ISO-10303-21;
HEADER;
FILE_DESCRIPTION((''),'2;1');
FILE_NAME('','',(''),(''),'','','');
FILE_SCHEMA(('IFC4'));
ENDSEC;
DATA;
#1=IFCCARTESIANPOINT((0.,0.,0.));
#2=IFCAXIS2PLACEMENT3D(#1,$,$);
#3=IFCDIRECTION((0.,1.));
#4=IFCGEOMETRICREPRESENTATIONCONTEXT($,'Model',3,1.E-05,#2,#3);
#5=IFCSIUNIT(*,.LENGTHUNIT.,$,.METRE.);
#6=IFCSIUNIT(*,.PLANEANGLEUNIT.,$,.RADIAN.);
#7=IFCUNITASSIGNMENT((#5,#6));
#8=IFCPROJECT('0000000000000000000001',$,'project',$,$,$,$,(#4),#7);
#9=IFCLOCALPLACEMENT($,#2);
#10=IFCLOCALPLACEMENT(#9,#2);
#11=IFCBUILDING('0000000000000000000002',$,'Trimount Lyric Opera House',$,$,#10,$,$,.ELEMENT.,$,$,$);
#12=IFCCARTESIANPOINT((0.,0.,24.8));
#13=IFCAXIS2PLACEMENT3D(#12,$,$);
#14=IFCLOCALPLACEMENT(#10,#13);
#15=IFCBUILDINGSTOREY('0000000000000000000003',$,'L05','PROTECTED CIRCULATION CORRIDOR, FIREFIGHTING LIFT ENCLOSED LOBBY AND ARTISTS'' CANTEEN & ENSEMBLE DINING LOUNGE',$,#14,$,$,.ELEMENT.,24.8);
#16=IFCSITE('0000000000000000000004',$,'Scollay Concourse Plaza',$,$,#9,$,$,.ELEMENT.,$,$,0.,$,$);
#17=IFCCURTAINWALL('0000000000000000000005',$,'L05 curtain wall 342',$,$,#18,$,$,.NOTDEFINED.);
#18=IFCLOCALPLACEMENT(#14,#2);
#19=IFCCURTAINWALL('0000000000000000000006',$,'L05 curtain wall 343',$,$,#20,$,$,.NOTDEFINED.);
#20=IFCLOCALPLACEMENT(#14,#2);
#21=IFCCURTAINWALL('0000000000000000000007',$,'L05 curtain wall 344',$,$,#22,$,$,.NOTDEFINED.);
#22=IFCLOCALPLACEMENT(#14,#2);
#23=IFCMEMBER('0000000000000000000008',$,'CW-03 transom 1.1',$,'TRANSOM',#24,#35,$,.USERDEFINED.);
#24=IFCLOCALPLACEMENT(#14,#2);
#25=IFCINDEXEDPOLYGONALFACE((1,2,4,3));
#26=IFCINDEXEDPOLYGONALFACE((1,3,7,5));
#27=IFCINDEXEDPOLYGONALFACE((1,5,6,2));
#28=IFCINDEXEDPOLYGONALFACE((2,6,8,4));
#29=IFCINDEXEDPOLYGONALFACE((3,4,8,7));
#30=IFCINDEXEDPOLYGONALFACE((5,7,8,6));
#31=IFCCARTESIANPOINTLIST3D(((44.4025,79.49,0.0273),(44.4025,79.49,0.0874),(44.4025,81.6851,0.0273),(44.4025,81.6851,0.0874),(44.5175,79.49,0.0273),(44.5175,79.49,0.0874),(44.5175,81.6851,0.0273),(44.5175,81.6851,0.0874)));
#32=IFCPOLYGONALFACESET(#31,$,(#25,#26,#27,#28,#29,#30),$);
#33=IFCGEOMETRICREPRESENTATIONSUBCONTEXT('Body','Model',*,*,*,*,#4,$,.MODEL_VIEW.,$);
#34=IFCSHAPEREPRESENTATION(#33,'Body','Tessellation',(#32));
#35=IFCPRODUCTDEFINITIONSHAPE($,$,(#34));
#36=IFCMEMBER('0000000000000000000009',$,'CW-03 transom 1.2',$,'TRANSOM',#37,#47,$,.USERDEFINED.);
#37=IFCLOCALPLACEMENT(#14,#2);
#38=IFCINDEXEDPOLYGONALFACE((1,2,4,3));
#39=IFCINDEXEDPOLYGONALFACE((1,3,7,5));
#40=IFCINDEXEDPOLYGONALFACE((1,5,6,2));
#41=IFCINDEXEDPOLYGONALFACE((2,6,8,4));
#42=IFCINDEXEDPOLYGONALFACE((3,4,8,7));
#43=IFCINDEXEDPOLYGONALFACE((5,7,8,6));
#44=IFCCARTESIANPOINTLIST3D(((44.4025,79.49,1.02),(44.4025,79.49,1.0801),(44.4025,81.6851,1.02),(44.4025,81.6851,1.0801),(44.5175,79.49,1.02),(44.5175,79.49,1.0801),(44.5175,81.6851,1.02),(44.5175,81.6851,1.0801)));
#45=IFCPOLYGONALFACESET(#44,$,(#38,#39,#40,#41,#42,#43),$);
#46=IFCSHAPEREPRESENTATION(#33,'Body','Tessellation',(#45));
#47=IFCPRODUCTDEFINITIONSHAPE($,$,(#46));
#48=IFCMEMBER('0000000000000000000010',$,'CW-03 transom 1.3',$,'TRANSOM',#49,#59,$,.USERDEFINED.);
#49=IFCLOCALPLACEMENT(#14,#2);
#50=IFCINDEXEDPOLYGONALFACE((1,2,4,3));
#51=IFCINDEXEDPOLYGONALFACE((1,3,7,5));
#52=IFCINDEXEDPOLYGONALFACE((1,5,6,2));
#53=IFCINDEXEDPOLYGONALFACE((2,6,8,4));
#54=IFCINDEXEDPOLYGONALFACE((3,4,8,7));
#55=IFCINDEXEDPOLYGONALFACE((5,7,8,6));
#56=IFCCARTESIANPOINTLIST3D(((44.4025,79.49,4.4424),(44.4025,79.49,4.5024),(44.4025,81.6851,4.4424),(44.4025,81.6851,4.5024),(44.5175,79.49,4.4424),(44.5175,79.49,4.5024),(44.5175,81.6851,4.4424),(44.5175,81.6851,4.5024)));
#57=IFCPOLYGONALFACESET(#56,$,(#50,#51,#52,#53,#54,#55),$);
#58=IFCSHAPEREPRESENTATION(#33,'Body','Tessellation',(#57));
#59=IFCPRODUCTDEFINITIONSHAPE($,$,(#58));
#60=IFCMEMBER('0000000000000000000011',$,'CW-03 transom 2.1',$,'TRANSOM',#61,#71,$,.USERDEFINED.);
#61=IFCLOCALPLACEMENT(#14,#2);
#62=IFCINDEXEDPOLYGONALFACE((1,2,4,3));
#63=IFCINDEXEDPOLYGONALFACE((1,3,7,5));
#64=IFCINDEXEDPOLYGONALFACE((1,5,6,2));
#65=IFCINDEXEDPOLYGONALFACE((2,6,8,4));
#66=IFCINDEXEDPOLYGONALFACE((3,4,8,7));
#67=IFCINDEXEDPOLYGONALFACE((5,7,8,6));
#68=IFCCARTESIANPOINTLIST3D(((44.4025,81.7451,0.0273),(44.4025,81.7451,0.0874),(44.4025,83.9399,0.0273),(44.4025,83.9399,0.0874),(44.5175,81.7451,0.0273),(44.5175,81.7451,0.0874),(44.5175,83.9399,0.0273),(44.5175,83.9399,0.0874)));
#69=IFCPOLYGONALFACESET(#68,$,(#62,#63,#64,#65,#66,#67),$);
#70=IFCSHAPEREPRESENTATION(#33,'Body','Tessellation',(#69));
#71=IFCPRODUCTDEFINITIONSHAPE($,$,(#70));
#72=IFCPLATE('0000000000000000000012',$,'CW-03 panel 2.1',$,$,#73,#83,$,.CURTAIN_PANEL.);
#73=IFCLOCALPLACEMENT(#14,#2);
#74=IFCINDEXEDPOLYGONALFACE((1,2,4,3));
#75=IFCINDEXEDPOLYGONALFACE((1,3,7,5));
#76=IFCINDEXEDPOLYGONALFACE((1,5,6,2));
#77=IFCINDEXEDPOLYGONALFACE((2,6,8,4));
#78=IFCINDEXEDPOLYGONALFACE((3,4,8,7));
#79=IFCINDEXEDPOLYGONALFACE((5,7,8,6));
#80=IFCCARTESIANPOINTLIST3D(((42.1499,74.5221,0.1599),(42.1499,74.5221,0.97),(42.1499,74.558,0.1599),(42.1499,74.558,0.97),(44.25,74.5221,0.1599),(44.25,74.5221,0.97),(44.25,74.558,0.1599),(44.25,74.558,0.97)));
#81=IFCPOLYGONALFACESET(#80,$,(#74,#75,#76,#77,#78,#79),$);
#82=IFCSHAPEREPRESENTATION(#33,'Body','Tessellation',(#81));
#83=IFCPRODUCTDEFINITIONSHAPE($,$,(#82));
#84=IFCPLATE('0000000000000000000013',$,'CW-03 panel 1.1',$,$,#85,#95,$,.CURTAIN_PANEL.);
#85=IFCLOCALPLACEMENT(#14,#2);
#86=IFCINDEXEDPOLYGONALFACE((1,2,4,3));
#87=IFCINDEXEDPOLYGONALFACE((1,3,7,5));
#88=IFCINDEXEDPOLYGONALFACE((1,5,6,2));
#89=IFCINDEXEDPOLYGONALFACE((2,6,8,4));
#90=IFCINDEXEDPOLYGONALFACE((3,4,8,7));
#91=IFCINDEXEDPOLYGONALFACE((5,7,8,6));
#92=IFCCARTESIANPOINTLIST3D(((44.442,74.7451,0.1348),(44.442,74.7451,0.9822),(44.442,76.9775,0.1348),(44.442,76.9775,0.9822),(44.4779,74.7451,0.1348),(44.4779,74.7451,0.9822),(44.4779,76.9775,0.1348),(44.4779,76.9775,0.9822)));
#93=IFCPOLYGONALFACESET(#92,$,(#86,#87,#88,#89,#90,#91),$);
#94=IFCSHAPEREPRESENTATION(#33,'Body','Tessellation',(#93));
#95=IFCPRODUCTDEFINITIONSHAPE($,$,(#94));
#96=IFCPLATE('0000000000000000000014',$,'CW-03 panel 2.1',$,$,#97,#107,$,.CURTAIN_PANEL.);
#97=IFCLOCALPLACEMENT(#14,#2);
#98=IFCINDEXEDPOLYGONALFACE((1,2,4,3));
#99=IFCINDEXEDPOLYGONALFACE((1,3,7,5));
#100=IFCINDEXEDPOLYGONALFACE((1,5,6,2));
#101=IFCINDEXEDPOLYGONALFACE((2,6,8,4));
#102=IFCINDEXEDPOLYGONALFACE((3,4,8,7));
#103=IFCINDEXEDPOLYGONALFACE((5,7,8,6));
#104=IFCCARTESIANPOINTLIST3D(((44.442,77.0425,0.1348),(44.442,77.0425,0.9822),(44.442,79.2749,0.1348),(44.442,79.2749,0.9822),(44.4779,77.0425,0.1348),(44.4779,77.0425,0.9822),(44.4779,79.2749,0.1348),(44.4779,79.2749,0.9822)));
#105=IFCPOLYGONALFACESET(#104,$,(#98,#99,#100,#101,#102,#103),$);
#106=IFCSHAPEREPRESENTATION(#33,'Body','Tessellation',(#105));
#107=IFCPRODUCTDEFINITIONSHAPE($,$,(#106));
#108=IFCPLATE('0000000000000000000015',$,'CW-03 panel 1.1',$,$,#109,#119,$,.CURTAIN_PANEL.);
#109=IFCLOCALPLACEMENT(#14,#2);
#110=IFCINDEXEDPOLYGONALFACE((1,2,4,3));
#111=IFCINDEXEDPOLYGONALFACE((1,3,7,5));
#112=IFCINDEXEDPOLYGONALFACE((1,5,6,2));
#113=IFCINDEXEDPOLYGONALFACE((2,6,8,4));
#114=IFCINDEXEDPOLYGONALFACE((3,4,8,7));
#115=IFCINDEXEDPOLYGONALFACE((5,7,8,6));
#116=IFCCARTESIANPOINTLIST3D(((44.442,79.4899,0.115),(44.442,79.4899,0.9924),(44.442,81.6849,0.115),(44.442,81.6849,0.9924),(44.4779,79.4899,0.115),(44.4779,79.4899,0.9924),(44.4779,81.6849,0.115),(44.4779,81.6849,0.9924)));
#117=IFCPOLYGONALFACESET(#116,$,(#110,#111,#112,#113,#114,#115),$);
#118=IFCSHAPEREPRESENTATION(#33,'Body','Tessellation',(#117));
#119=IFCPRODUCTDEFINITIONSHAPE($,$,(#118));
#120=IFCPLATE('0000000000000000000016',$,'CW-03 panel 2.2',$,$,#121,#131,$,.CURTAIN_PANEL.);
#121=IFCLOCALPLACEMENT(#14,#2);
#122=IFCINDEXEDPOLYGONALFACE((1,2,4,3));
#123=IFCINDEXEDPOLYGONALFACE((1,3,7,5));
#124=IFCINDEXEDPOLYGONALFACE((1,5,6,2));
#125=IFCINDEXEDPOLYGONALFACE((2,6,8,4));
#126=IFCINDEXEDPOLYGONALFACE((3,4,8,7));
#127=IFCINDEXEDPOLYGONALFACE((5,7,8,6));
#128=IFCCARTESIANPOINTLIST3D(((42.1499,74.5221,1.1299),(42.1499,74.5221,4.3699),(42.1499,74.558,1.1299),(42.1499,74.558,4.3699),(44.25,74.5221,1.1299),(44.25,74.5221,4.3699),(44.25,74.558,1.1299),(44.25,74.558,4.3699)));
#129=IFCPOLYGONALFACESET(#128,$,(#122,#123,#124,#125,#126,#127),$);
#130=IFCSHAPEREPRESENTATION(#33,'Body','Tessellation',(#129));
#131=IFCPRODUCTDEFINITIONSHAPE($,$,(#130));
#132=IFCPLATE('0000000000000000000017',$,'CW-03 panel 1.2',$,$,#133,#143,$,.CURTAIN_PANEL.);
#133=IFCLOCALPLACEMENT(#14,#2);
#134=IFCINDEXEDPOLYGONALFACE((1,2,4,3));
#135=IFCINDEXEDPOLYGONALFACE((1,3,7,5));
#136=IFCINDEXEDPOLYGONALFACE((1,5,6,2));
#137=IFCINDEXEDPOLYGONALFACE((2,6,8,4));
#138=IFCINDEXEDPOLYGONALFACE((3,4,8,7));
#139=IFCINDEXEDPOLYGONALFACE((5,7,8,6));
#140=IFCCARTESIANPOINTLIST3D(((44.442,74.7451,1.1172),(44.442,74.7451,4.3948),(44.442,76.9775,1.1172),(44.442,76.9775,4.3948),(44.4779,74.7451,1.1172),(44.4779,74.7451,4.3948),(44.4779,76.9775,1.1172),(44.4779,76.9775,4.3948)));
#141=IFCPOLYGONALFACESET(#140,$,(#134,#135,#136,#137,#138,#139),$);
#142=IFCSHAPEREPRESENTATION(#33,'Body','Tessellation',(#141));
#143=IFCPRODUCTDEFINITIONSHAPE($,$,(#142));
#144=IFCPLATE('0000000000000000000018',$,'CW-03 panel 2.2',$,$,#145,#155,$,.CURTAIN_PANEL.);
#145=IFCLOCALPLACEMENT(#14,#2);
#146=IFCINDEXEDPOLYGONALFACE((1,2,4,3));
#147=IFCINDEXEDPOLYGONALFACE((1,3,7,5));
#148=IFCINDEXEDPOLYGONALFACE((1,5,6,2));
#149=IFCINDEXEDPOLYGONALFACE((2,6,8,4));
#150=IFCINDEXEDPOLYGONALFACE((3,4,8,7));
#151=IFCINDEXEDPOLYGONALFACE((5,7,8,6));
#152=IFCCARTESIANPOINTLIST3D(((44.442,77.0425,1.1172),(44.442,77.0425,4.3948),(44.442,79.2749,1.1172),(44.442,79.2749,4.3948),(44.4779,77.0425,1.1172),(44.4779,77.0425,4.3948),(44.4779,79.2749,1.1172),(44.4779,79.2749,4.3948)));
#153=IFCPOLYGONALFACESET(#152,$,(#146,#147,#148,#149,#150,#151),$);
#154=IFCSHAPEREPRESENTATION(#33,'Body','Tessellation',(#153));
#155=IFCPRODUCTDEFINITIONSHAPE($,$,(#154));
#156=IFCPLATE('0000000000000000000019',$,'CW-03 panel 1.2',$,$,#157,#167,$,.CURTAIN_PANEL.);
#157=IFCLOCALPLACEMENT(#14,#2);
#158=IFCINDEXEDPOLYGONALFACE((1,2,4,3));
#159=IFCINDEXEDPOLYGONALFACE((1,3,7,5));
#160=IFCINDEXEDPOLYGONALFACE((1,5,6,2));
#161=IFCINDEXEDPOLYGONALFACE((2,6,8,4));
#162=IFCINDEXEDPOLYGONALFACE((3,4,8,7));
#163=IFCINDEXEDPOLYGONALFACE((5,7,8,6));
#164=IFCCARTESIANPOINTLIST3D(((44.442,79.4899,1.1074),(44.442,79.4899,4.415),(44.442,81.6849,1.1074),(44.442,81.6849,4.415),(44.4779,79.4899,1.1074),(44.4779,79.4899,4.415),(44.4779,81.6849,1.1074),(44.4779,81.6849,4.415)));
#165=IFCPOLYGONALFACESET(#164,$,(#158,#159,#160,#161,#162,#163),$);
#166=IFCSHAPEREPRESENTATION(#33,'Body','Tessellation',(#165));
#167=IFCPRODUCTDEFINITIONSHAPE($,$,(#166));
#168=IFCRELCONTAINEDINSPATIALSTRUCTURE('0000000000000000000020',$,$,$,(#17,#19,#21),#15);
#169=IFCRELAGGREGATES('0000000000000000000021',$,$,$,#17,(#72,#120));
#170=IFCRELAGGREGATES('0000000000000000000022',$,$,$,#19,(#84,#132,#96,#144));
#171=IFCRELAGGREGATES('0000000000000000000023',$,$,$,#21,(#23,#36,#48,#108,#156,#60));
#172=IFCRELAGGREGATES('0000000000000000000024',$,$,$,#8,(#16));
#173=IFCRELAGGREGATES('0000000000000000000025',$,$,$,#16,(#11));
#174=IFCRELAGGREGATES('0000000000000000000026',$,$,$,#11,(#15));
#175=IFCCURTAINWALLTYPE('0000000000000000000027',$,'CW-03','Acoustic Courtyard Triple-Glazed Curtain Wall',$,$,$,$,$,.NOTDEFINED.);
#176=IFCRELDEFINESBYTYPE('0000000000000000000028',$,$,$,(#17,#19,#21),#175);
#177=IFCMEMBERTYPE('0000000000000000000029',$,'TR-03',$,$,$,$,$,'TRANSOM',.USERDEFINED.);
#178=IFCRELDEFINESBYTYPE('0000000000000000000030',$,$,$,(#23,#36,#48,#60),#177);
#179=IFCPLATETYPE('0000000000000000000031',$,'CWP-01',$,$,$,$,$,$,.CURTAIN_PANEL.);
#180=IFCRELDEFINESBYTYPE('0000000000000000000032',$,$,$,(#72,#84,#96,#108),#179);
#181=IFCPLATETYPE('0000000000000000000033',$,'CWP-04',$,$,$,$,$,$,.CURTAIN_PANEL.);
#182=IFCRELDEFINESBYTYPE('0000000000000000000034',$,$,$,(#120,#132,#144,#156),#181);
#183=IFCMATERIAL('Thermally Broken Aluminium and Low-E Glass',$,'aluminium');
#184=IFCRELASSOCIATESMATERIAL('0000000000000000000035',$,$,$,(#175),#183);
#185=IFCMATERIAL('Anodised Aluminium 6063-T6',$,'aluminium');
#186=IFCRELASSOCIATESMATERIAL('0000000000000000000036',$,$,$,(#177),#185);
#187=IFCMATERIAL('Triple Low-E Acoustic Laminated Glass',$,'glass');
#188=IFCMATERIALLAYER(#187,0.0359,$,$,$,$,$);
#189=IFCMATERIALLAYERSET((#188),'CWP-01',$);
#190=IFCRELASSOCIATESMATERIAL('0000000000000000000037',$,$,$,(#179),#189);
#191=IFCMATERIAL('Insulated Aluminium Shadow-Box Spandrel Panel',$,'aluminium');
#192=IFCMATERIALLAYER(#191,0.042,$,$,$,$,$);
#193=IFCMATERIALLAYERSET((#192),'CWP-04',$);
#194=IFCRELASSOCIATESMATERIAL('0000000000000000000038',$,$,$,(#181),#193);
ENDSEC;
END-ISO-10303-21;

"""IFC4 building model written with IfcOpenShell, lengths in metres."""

from ifc_helpers import new_model, si_unit, direction, frame, origin, origin_2d, place, context, subcontext, project, spatial, rectangle, extrude, material, layer, layer_set, material_profile, profile_set, type_object, element, aggregate, save


model = new_model("IFC4")

# Units and contexts
model_context = context("Model", 3, precision=1e-05, world=origin(), true_north=direction((0.0, 1.0)))
body_context = subcontext(model_context, "Body", "Model", "MODEL_VIEW")
ifc_project = project(units=[si_unit("LENGTHUNIT", "METRE"), si_unit("PLANEANGLEUNIT", "RADIAN")], contexts=[model_context])

# Site, building, storey
site_placement = place(None, origin())
site = spatial("IfcSite", under=ifc_project, at=site_placement, Name="Scollay Concourse Plaza", CompositionType="ELEMENT", RefElevation=0.0)
building_placement = place(site_placement, origin())
building = spatial("IfcBuilding", under=site, at=building_placement, Name="Trimount Lyric Opera House", CompositionType="ELEMENT")
storey_placement = place(building_placement, frame((0.0, 0.0, 24.8)))
storey = spatial("IfcBuildingStorey", under=building, at=storey_placement, Name="L05", Description="PROTECTED CIRCULATION CORRIDOR, FIREFIGHTING LIFT ENCLOSED LOBBY AND ARTISTS' CANTEEN & ENSEMBLE DINING LOUNGE", CompositionType="ELEMENT", Elevation=24.8)

# Curtain wall
ifc_material_1 = material(Name="Thermally Broken Aluminium and Low-E Glass", Category="aluminium")
curtain_wall_type = type_object("IfcCurtainWallType", Name="CW-03", Description="Acoustic Courtyard Triple-Glazed Curtain Wall", PredefinedType="NOTDEFINED", material=ifc_material_1)
curtain_wall_1_placement = place(storey_placement, origin())
curtain_wall_1 = element("IfcCurtainWall", 1, at=curtain_wall_1_placement, inside=storey, type_object=curtain_wall_type, Name="L05 curtain wall 342", PredefinedType="NOTDEFINED")

# Curtain walls
curtain_wall_2_placement = place(storey_placement, origin())
curtain_wall_2 = element("IfcCurtainWall", 2, at=curtain_wall_2_placement, inside=storey, type_object=curtain_wall_type, Name="L05 curtain wall 343", PredefinedType="NOTDEFINED")
curtain_wall_3_placement = place(storey_placement, origin())
curtain_wall_3 = element("IfcCurtainWall", 3, at=curtain_wall_3_placement, inside=storey, type_object=curtain_wall_type, Name="L05 curtain wall 344", PredefinedType="NOTDEFINED")

# Members
ifc_material_2 = material(Name="Anodised Aluminium 6063-T6", Category="aluminium")
ifc_material_profile_1 = material_profile(ifc_material_2, rectangle(XDim=0.115, YDim=0.0601, at=origin_2d()), Name="ALU-TRAN-60X115")
ifc_profile_set_1 = profile_set([ifc_material_profile_1], Name="Anodised Aluminium 6063-T6")
member_type_1 = type_object("IfcMemberType", Name="TR-03", ElementType="TRANSOM", PredefinedType="USERDEFINED", material=ifc_profile_set_1)
member_1_placement = place(storey_placement, frame((44.46, 79.49, 0.0574), z_axis=(0.0, 1.0, 0.0), x_axis=(-1.0, 0.0, 0.0)))
member_1 = element("IfcMember", 4, at=member_1_placement, type_object=member_type_1, Name="CW-03 transom 1.1", ObjectType="TRANSOM", PredefinedType="USERDEFINED", context=body_context, shape_type="SweptSolid", body=[
    extrude(rectangle(XDim=0.115, YDim=0.0601, at=origin_2d()), origin(), (0.0, 0.0, 1.0), 2.1951),
])
member_2_placement = place(storey_placement, frame((44.46, 79.49, 1.05), z_axis=(0.0, 1.0, 0.0), x_axis=(-1.0, 0.0, 0.0)))
member_2 = element("IfcMember", 5, at=member_2_placement, type_object=member_type_1, Name="CW-03 transom 1.2", ObjectType="TRANSOM", PredefinedType="USERDEFINED", context=body_context, shape_type="SweptSolid", body=[
    extrude(rectangle(XDim=0.115, YDim=0.0601, at=origin_2d()), origin(), (0.0, 0.0, 1.0), 2.1951),
])
member_3_placement = place(storey_placement, frame((44.46, 79.49, 4.4724), z_axis=(0.0, 1.0, 0.0), x_axis=(-1.0, 0.0, 0.0)))
member_3 = element("IfcMember", 6, at=member_3_placement, type_object=member_type_1, Name="CW-03 transom 1.3", ObjectType="TRANSOM", PredefinedType="USERDEFINED", context=body_context, shape_type="SweptSolid", body=[
    extrude(rectangle(XDim=0.115, YDim=0.0601, at=origin_2d()), origin(), (0.0, 0.0, 1.0), 2.1951),
])
member_4_placement = place(storey_placement, frame((44.46, 81.7451, 0.0574), z_axis=(0.0, 1.0, 0.0), x_axis=(-1.0, 0.0, 0.0)))
member_4 = element("IfcMember", 7, at=member_4_placement, type_object=member_type_1, Name="CW-03 transom 2.1", ObjectType="TRANSOM", PredefinedType="USERDEFINED", context=body_context, shape_type="SweptSolid", body=[
    extrude(rectangle(XDim=0.115, YDim=0.0601, at=origin_2d()), origin(), (0.0, 0.0, 1.0), 2.1948),
])

# Plates
ifc_material_3 = material(Name="Triple Low-E Acoustic Laminated Glass", Category="glass")
ifc_layer_1 = layer(ifc_material_3, 0.0359)
ifc_layer_set_1 = layer_set([ifc_layer_1], Name="CWP-01")
plate_type_1 = type_object("IfcPlateType", Name="CWP-01", PredefinedType="CURTAIN_PANEL", material=ifc_layer_set_1)
plate_1_placement = place(storey_placement, frame((43.2, 74.54, 0.1599), z_axis=(0.0, 0.0, 1.0), x_axis=(1.0, 0.0, 0.0)))
plate_1 = element("IfcPlate", 8, at=plate_1_placement, type_object=plate_type_1, Name="CW-03 panel 2.1", PredefinedType="CURTAIN_PANEL", context=body_context, shape_type="SweptSolid", body=[
    extrude(rectangle(XDim=2.1001, YDim=0.0359, at=origin_2d()), origin(), (0.0, 0.0, 1.0), 0.8101),
])
plate_2_placement = place(storey_placement, frame((44.46, 75.8613, 0.1348), z_axis=(0.0, 0.0, 1.0), x_axis=(0.0, 1.0, 0.0)))
plate_2 = element("IfcPlate", 9, at=plate_2_placement, type_object=plate_type_1, Name="CW-03 panel 1.1", PredefinedType="CURTAIN_PANEL", context=body_context, shape_type="SweptSolid", body=[
    extrude(rectangle(XDim=2.2324, YDim=0.0359, at=origin_2d()), origin(), (0.0, 0.0, 1.0), 0.8474),
])
plate_3_placement = place(storey_placement, frame((44.46, 78.1587, 0.1348), z_axis=(0.0, 0.0, 1.0), x_axis=(0.0, 1.0, 0.0)))
plate_3 = element("IfcPlate", 10, at=plate_3_placement, type_object=plate_type_1, Name="CW-03 panel 2.1", PredefinedType="CURTAIN_PANEL", context=body_context, shape_type="SweptSolid", body=[
    extrude(rectangle(XDim=2.2324, YDim=0.0359, at=origin_2d()), origin(), (0.0, 0.0, 1.0), 0.8474),
])
plate_4_placement = place(storey_placement, frame((44.46, 80.5874, 0.115), z_axis=(0.0, 0.0, 1.0), x_axis=(0.0, 1.0, 0.0)))
plate_4 = element("IfcPlate", 11, at=plate_4_placement, type_object=plate_type_1, Name="CW-03 panel 1.1", PredefinedType="CURTAIN_PANEL", context=body_context, shape_type="SweptSolid", body=[
    extrude(rectangle(XDim=2.1951, YDim=0.0359, at=origin_2d()), origin(), (0.0, 0.0, 1.0), 0.8774),
])
ifc_material_4 = material(Name="Insulated Aluminium Shadow-Box Spandrel Panel", Category="aluminium")
ifc_layer_2 = layer(ifc_material_4, 0.042)
ifc_layer_set_2 = layer_set([ifc_layer_2], Name="CWP-04")
plate_type_2 = type_object("IfcPlateType", Name="CWP-04", PredefinedType="CURTAIN_PANEL", material=ifc_layer_set_2)
plate_5_placement = place(storey_placement, frame((43.2, 74.54, 1.1299), z_axis=(0.0, 0.0, 1.0), x_axis=(1.0, 0.0, 0.0)))
plate_5 = element("IfcPlate", 12, at=plate_5_placement, type_object=plate_type_2, Name="CW-03 panel 2.2", PredefinedType="CURTAIN_PANEL", context=body_context, shape_type="SweptSolid", body=[
    extrude(rectangle(XDim=2.1001, YDim=0.0359, at=origin_2d()), origin(), (0.0, 0.0, 1.0), 3.24),
])
aggregate(curtain_wall_1, [plate_1, plate_5])
plate_6_placement = place(storey_placement, frame((44.46, 75.8613, 1.1172), z_axis=(0.0, 0.0, 1.0), x_axis=(0.0, 1.0, 0.0)))
plate_6 = element("IfcPlate", 13, at=plate_6_placement, type_object=plate_type_2, Name="CW-03 panel 1.2", PredefinedType="CURTAIN_PANEL", context=body_context, shape_type="SweptSolid", body=[
    extrude(rectangle(XDim=2.2324, YDim=0.0359, at=origin_2d()), origin(), (0.0, 0.0, 1.0), 3.2776),
])
plate_7_placement = place(storey_placement, frame((44.46, 78.1587, 1.1172), z_axis=(0.0, 0.0, 1.0), x_axis=(0.0, 1.0, 0.0)))
plate_7 = element("IfcPlate", 14, at=plate_7_placement, type_object=plate_type_2, Name="CW-03 panel 2.2", PredefinedType="CURTAIN_PANEL", context=body_context, shape_type="SweptSolid", body=[
    extrude(rectangle(XDim=2.2324, YDim=0.0359, at=origin_2d()), origin(), (0.0, 0.0, 1.0), 3.2776),
])
aggregate(curtain_wall_2, [plate_2, plate_6, plate_3, plate_7])
plate_8_placement = place(storey_placement, frame((44.46, 80.5874, 1.1074), z_axis=(0.0, 0.0, 1.0), x_axis=(0.0, 1.0, 0.0)))
plate_8 = element("IfcPlate", 15, at=plate_8_placement, type_object=plate_type_2, Name="CW-03 panel 1.2", PredefinedType="CURTAIN_PANEL", context=body_context, shape_type="SweptSolid", body=[
    extrude(rectangle(XDim=2.1951, YDim=0.0359, at=origin_2d()), origin(), (0.0, 0.0, 1.0), 3.3076),
])
aggregate(curtain_wall_3, [member_1, member_2, member_3, plate_4, plate_8, member_4])

save(model, "model.ifc")
